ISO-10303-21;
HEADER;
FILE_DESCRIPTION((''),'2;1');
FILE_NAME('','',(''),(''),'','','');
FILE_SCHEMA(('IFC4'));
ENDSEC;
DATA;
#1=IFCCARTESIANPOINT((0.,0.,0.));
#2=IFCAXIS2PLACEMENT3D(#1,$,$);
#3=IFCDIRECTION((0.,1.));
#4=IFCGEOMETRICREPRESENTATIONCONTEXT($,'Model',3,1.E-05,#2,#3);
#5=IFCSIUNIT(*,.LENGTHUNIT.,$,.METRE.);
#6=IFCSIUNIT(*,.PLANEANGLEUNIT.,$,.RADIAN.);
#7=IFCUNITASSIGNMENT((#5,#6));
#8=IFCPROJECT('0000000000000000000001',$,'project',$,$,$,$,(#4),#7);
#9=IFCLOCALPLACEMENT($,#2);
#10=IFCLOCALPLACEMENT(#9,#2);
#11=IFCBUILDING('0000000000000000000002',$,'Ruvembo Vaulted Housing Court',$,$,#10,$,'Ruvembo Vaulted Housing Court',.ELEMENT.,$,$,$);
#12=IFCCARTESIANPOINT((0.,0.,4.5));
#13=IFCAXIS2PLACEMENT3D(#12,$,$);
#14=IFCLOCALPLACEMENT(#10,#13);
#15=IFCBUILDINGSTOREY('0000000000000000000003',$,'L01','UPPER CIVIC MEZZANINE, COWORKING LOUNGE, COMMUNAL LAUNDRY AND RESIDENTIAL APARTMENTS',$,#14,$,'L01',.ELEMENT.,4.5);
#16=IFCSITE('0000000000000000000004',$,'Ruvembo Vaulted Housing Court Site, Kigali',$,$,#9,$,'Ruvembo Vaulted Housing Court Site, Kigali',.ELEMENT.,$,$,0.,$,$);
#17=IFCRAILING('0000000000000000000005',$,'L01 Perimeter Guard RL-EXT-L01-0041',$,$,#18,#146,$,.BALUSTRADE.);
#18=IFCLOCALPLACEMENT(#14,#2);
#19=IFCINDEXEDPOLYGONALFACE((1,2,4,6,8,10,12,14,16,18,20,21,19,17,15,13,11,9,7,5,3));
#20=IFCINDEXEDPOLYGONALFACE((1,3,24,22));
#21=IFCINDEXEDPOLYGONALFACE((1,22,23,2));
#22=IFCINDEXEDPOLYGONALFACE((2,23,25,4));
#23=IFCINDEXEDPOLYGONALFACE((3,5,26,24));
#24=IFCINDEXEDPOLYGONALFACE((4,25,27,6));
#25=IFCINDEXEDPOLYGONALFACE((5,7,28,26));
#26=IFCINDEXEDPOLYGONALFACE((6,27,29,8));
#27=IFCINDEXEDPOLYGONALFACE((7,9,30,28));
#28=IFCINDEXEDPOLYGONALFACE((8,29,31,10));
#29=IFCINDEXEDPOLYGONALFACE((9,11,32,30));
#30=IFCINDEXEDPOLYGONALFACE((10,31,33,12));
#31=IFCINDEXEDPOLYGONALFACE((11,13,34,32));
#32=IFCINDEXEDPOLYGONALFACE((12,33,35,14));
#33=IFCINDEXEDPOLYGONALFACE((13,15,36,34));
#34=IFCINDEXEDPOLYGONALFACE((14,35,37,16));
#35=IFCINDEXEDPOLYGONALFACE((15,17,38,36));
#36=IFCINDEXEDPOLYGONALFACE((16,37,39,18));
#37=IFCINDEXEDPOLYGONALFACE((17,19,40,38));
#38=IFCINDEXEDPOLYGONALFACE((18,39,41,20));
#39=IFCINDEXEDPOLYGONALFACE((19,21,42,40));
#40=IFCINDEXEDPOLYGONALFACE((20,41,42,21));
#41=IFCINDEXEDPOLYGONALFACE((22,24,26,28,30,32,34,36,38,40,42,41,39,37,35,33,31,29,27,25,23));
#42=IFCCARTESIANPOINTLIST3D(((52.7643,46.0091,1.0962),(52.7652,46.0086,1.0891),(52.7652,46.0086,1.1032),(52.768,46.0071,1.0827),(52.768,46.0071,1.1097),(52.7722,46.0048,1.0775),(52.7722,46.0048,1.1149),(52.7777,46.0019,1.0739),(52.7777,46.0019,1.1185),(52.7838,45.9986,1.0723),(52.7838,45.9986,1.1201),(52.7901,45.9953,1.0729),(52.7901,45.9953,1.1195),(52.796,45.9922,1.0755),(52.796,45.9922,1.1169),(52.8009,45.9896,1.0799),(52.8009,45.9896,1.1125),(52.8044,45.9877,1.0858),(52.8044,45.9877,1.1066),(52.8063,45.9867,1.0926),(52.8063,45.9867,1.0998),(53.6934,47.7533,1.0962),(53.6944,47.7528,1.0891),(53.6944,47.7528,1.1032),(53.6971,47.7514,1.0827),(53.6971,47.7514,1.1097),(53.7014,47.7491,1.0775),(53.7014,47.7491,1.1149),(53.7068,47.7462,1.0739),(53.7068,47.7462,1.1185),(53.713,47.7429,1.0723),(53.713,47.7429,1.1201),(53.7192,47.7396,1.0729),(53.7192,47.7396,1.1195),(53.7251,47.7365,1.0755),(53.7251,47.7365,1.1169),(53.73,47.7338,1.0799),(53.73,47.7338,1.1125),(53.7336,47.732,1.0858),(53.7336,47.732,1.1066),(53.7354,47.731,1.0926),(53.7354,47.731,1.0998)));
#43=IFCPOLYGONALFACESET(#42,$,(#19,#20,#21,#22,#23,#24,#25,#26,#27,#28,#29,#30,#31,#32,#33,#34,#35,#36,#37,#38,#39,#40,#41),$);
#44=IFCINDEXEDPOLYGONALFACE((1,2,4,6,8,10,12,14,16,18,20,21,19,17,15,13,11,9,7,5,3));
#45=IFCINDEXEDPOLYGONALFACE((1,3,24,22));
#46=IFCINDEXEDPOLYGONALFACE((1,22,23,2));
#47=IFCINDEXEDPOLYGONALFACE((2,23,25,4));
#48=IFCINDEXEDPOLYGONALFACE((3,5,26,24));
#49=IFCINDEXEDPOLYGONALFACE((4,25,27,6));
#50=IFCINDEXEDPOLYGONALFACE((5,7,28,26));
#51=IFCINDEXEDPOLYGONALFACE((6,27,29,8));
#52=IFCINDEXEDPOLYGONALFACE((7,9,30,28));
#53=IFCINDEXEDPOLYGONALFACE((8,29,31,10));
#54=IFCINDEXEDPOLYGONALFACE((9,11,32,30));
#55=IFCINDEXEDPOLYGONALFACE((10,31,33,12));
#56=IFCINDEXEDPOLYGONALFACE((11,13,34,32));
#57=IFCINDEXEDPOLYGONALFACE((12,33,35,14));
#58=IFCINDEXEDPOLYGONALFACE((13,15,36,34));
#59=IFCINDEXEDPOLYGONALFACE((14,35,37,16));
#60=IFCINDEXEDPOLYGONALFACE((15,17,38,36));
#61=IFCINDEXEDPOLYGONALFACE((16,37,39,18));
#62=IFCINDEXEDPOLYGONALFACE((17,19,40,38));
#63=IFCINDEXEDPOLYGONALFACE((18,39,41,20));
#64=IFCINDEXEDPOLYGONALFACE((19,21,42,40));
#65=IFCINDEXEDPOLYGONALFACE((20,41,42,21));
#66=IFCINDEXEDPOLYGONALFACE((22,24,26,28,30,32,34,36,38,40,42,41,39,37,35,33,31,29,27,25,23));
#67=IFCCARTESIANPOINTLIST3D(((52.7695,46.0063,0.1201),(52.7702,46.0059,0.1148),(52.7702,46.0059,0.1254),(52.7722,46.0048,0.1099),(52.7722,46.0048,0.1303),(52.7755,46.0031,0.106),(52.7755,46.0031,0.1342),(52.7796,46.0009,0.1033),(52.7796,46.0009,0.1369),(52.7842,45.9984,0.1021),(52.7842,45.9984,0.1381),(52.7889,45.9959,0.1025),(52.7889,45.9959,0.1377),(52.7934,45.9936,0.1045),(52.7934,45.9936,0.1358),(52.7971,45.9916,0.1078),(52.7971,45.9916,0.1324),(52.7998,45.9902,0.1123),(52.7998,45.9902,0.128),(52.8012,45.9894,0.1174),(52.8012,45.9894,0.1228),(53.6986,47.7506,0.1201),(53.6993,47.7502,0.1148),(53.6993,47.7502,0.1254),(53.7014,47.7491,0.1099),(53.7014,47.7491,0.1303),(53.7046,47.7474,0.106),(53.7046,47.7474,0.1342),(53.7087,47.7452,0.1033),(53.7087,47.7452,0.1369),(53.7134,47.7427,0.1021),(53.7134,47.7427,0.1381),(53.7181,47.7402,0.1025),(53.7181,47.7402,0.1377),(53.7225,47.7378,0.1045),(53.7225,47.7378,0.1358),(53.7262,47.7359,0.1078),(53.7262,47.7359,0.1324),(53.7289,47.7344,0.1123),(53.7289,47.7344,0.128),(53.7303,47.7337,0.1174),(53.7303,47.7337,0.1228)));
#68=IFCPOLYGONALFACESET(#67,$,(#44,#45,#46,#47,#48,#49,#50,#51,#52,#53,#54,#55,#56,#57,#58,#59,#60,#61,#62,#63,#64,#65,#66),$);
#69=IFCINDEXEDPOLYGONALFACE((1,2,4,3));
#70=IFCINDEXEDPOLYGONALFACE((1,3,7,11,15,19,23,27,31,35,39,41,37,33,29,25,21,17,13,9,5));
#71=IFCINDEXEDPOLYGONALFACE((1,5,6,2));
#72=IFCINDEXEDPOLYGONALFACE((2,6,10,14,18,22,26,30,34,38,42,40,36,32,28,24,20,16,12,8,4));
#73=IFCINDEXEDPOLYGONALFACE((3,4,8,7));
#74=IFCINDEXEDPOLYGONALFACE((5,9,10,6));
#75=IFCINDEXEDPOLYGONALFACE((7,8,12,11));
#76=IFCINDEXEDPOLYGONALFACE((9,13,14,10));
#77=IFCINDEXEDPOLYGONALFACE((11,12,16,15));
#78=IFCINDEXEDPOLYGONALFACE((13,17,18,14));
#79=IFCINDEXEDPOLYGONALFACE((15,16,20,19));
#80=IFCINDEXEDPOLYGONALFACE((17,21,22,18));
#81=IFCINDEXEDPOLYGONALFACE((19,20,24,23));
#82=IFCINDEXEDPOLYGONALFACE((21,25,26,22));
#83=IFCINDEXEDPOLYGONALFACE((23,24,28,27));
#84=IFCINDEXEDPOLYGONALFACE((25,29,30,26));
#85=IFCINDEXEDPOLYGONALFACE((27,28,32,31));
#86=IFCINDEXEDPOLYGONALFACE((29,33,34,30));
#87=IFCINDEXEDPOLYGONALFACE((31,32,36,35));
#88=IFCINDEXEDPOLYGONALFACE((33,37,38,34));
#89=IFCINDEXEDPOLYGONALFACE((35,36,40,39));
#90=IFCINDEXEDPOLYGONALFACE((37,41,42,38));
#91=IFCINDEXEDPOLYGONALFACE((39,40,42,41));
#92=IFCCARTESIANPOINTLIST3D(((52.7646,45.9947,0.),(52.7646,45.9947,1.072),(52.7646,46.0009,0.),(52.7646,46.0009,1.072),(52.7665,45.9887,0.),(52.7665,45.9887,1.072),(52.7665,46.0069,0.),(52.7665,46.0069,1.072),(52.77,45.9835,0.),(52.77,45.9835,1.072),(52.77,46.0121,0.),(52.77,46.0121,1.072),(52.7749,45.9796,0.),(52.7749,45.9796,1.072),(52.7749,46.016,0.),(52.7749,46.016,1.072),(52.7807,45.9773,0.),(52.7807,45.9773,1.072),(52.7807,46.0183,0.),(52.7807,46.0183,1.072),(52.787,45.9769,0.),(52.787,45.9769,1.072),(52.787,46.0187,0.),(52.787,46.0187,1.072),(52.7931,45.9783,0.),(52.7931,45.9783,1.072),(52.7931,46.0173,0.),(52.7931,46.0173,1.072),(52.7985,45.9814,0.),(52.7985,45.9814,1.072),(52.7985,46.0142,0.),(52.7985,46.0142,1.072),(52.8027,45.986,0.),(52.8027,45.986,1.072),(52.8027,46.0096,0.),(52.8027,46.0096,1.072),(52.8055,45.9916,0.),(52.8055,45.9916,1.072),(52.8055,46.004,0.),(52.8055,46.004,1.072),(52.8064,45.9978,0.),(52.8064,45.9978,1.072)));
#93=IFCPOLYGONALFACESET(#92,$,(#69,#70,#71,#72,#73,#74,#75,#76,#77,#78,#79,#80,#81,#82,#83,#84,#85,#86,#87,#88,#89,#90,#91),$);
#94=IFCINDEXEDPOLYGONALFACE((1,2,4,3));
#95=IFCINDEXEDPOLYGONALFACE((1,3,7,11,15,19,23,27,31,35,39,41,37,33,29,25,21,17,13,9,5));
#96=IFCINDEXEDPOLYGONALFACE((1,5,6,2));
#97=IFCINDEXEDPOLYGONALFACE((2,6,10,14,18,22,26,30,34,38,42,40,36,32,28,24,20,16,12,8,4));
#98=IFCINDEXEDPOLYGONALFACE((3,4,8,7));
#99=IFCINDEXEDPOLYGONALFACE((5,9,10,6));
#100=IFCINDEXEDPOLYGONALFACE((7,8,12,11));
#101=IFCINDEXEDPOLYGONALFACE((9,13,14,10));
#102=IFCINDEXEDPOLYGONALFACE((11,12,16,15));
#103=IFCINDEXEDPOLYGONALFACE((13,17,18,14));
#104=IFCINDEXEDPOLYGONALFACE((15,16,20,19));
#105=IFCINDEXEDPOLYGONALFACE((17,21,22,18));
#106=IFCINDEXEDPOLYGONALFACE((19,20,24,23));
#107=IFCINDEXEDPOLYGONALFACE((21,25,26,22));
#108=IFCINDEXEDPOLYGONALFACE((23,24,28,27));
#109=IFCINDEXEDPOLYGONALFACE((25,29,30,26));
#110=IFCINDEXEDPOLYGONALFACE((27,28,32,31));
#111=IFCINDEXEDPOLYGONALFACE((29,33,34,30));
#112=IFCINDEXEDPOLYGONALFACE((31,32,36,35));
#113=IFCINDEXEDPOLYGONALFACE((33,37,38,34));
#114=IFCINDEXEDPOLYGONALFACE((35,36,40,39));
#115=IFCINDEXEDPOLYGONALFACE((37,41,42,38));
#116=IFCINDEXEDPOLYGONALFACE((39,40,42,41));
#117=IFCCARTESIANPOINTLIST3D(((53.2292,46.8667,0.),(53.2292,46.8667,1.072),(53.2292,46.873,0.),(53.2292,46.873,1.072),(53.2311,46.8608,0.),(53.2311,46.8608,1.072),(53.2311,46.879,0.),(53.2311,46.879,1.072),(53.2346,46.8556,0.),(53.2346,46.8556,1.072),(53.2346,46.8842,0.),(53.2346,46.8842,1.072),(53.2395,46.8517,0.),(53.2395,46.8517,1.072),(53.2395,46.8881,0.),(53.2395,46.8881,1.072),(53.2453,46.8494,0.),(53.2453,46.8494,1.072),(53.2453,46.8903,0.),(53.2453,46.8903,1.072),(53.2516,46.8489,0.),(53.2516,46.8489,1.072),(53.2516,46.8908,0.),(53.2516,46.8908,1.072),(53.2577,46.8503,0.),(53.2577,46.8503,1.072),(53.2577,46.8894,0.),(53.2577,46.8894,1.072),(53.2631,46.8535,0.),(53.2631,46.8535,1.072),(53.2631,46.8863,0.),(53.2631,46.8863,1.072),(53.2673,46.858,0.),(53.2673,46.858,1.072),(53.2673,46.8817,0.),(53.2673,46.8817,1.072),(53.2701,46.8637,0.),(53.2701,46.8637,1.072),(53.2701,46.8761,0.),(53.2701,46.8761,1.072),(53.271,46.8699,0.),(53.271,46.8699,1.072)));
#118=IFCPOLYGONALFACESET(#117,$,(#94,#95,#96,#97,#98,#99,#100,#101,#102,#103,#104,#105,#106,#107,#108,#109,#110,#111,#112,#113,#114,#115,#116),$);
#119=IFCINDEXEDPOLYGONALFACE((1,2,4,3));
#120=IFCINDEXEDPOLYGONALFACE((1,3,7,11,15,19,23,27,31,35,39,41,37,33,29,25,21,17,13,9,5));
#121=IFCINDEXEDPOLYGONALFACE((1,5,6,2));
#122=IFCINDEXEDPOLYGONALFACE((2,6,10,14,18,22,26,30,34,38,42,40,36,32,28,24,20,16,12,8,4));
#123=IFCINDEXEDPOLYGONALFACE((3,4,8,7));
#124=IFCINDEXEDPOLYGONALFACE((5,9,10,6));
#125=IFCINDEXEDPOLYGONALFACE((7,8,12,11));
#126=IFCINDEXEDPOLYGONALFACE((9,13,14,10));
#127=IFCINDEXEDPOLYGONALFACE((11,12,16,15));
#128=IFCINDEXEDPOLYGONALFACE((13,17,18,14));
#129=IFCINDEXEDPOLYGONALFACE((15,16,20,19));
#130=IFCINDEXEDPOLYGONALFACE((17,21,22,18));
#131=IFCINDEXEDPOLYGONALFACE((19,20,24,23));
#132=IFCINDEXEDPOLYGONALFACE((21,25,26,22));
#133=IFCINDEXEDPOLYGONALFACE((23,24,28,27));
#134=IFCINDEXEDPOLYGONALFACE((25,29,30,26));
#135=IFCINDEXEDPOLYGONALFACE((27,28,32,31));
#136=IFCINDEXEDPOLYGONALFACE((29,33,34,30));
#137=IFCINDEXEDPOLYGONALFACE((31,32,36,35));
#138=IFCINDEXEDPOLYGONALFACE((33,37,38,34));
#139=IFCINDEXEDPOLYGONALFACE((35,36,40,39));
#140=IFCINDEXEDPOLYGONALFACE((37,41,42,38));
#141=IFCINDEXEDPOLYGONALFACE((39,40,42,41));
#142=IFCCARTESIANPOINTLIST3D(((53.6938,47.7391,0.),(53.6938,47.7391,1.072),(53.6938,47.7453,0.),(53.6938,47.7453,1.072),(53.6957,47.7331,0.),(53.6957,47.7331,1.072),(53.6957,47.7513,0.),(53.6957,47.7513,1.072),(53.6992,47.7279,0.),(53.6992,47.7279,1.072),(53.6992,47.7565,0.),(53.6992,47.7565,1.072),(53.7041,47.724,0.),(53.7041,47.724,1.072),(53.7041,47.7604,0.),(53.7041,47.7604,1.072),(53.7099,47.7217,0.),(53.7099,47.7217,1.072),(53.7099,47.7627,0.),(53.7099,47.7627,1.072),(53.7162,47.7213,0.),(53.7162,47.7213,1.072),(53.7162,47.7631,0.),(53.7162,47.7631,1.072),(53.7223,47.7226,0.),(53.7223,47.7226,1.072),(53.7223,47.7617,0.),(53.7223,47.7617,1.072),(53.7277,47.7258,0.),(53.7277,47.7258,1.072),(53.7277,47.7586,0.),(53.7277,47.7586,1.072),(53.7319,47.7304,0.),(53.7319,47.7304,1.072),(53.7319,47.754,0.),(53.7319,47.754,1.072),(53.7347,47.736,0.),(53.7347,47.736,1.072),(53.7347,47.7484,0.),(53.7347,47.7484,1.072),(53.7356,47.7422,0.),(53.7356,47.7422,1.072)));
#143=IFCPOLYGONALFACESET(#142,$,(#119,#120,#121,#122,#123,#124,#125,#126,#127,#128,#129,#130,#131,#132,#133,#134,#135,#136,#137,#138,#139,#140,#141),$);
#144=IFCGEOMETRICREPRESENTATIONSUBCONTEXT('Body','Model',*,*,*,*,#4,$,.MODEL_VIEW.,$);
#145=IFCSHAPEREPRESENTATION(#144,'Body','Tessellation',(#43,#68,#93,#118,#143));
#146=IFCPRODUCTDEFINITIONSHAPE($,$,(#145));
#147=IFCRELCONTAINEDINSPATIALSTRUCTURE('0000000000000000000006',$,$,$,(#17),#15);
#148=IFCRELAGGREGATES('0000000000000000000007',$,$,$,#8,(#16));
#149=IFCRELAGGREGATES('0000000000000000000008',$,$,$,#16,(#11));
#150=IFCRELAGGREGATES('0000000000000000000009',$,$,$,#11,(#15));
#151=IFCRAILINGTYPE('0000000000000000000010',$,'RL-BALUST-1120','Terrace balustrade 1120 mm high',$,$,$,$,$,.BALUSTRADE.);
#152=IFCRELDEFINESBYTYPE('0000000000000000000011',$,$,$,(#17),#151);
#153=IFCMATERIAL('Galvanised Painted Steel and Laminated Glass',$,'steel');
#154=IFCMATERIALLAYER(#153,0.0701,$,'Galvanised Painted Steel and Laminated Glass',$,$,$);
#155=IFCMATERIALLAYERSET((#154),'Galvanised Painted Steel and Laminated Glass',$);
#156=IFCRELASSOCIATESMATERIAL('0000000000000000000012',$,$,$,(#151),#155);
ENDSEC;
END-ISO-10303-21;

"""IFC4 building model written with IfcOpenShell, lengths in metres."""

from ifc_helpers import new_model, si_unit, direction, frame, origin, origin_2d, place, context, subcontext, project, spatial, circle, extrude, material, layer, layer_set, type_object, element, save


model = new_model("IFC4")

# Units and contexts
model_context = context("Model", 3, precision=1e-05, world=origin(), true_north=direction((0.0, 1.0)))
body_context = subcontext(model_context, "Body", "Model", "MODEL_VIEW")
ifc_project = project(units=[si_unit("LENGTHUNIT", "METRE"), si_unit("PLANEANGLEUNIT", "RADIAN")], contexts=[model_context])

# Site, building, storey
site_placement = place(None, origin())
site = spatial("IfcSite", under=ifc_project, at=site_placement, Name="Ruvembo Vaulted Housing Court Site, Kigali", LongName="Ruvembo Vaulted Housing Court Site, Kigali", CompositionType="ELEMENT", RefElevation=0.0)
building_placement = place(site_placement, origin())
building = spatial("IfcBuilding", under=site, at=building_placement, Name="Ruvembo Vaulted Housing Court", LongName="Ruvembo Vaulted Housing Court", CompositionType="ELEMENT")
storey_placement = place(building_placement, frame((0.0, 0.0, 4.5)))
storey = spatial("IfcBuildingStorey", under=building, at=storey_placement, Name="L01", Description="UPPER CIVIC MEZZANINE, COWORKING LOUNGE, COMMUNAL LAUNDRY AND RESIDENTIAL APARTMENTS", LongName="L01", CompositionType="ELEMENT", Elevation=4.5)

# Railing
ifc_material_1 = material(Name="Galvanised Painted Steel and Laminated Glass", Category="steel")
ifc_layer_1 = layer(ifc_material_1, 0.0701, Name="Galvanised Painted Steel and Laminated Glass")
ifc_layer_set_1 = layer_set([ifc_layer_1], Name="Galvanised Painted Steel and Laminated Glass")
railing_type = type_object("IfcRailingType", Name="RL-BALUST-1120", Description="Terrace balustrade 1120 mm high", PredefinedType="BALUSTRADE", material=ifc_layer_set_1)
railing_1_placement = place(storey_placement, frame((52.7854, 45.9978, 0.0)))
element("IfcRailing", 1, at=railing_1_placement, inside=storey, type_object=railing_type, Name="L01 Perimeter Guard RL-EXT-L01-0041", PredefinedType="BALUSTRADE", context=body_context, shape_type="SweptSolid", body=[
    extrude(circle(Radius=0.0239, at=origin_2d()), frame((0.0, 0.0, 1.0962), z_axis=(0.470139, 0.882592, 0.0), x_axis=(-0.882592, 0.470139, 0.0)), (0.0, 0.0, 1.0), 1.9763),
    extrude(circle(Radius=0.0181, at=origin_2d()), frame((0.0, 0.0, 0.1201), z_axis=(0.470139, 0.882592, 0.0), x_axis=(-0.882592, 0.470139, 0.0)), (0.0, 0.0, 1.0), 1.9763),
    extrude(circle(Radius=0.021, at=origin_2d()), origin(), (0.0, 0.0, 1.0), 1.072),
    extrude(circle(Radius=0.021, at=origin_2d()), frame((0.4646, 0.8721, 0.0)), (0.0, 0.0, 1.0), 1.072),
    extrude(circle(Radius=0.021, at=origin_2d()), frame((0.9292, 1.7444, 0.0)), (0.0, 0.0, 1.0), 1.072),
])

save(model, "model.ifc")
